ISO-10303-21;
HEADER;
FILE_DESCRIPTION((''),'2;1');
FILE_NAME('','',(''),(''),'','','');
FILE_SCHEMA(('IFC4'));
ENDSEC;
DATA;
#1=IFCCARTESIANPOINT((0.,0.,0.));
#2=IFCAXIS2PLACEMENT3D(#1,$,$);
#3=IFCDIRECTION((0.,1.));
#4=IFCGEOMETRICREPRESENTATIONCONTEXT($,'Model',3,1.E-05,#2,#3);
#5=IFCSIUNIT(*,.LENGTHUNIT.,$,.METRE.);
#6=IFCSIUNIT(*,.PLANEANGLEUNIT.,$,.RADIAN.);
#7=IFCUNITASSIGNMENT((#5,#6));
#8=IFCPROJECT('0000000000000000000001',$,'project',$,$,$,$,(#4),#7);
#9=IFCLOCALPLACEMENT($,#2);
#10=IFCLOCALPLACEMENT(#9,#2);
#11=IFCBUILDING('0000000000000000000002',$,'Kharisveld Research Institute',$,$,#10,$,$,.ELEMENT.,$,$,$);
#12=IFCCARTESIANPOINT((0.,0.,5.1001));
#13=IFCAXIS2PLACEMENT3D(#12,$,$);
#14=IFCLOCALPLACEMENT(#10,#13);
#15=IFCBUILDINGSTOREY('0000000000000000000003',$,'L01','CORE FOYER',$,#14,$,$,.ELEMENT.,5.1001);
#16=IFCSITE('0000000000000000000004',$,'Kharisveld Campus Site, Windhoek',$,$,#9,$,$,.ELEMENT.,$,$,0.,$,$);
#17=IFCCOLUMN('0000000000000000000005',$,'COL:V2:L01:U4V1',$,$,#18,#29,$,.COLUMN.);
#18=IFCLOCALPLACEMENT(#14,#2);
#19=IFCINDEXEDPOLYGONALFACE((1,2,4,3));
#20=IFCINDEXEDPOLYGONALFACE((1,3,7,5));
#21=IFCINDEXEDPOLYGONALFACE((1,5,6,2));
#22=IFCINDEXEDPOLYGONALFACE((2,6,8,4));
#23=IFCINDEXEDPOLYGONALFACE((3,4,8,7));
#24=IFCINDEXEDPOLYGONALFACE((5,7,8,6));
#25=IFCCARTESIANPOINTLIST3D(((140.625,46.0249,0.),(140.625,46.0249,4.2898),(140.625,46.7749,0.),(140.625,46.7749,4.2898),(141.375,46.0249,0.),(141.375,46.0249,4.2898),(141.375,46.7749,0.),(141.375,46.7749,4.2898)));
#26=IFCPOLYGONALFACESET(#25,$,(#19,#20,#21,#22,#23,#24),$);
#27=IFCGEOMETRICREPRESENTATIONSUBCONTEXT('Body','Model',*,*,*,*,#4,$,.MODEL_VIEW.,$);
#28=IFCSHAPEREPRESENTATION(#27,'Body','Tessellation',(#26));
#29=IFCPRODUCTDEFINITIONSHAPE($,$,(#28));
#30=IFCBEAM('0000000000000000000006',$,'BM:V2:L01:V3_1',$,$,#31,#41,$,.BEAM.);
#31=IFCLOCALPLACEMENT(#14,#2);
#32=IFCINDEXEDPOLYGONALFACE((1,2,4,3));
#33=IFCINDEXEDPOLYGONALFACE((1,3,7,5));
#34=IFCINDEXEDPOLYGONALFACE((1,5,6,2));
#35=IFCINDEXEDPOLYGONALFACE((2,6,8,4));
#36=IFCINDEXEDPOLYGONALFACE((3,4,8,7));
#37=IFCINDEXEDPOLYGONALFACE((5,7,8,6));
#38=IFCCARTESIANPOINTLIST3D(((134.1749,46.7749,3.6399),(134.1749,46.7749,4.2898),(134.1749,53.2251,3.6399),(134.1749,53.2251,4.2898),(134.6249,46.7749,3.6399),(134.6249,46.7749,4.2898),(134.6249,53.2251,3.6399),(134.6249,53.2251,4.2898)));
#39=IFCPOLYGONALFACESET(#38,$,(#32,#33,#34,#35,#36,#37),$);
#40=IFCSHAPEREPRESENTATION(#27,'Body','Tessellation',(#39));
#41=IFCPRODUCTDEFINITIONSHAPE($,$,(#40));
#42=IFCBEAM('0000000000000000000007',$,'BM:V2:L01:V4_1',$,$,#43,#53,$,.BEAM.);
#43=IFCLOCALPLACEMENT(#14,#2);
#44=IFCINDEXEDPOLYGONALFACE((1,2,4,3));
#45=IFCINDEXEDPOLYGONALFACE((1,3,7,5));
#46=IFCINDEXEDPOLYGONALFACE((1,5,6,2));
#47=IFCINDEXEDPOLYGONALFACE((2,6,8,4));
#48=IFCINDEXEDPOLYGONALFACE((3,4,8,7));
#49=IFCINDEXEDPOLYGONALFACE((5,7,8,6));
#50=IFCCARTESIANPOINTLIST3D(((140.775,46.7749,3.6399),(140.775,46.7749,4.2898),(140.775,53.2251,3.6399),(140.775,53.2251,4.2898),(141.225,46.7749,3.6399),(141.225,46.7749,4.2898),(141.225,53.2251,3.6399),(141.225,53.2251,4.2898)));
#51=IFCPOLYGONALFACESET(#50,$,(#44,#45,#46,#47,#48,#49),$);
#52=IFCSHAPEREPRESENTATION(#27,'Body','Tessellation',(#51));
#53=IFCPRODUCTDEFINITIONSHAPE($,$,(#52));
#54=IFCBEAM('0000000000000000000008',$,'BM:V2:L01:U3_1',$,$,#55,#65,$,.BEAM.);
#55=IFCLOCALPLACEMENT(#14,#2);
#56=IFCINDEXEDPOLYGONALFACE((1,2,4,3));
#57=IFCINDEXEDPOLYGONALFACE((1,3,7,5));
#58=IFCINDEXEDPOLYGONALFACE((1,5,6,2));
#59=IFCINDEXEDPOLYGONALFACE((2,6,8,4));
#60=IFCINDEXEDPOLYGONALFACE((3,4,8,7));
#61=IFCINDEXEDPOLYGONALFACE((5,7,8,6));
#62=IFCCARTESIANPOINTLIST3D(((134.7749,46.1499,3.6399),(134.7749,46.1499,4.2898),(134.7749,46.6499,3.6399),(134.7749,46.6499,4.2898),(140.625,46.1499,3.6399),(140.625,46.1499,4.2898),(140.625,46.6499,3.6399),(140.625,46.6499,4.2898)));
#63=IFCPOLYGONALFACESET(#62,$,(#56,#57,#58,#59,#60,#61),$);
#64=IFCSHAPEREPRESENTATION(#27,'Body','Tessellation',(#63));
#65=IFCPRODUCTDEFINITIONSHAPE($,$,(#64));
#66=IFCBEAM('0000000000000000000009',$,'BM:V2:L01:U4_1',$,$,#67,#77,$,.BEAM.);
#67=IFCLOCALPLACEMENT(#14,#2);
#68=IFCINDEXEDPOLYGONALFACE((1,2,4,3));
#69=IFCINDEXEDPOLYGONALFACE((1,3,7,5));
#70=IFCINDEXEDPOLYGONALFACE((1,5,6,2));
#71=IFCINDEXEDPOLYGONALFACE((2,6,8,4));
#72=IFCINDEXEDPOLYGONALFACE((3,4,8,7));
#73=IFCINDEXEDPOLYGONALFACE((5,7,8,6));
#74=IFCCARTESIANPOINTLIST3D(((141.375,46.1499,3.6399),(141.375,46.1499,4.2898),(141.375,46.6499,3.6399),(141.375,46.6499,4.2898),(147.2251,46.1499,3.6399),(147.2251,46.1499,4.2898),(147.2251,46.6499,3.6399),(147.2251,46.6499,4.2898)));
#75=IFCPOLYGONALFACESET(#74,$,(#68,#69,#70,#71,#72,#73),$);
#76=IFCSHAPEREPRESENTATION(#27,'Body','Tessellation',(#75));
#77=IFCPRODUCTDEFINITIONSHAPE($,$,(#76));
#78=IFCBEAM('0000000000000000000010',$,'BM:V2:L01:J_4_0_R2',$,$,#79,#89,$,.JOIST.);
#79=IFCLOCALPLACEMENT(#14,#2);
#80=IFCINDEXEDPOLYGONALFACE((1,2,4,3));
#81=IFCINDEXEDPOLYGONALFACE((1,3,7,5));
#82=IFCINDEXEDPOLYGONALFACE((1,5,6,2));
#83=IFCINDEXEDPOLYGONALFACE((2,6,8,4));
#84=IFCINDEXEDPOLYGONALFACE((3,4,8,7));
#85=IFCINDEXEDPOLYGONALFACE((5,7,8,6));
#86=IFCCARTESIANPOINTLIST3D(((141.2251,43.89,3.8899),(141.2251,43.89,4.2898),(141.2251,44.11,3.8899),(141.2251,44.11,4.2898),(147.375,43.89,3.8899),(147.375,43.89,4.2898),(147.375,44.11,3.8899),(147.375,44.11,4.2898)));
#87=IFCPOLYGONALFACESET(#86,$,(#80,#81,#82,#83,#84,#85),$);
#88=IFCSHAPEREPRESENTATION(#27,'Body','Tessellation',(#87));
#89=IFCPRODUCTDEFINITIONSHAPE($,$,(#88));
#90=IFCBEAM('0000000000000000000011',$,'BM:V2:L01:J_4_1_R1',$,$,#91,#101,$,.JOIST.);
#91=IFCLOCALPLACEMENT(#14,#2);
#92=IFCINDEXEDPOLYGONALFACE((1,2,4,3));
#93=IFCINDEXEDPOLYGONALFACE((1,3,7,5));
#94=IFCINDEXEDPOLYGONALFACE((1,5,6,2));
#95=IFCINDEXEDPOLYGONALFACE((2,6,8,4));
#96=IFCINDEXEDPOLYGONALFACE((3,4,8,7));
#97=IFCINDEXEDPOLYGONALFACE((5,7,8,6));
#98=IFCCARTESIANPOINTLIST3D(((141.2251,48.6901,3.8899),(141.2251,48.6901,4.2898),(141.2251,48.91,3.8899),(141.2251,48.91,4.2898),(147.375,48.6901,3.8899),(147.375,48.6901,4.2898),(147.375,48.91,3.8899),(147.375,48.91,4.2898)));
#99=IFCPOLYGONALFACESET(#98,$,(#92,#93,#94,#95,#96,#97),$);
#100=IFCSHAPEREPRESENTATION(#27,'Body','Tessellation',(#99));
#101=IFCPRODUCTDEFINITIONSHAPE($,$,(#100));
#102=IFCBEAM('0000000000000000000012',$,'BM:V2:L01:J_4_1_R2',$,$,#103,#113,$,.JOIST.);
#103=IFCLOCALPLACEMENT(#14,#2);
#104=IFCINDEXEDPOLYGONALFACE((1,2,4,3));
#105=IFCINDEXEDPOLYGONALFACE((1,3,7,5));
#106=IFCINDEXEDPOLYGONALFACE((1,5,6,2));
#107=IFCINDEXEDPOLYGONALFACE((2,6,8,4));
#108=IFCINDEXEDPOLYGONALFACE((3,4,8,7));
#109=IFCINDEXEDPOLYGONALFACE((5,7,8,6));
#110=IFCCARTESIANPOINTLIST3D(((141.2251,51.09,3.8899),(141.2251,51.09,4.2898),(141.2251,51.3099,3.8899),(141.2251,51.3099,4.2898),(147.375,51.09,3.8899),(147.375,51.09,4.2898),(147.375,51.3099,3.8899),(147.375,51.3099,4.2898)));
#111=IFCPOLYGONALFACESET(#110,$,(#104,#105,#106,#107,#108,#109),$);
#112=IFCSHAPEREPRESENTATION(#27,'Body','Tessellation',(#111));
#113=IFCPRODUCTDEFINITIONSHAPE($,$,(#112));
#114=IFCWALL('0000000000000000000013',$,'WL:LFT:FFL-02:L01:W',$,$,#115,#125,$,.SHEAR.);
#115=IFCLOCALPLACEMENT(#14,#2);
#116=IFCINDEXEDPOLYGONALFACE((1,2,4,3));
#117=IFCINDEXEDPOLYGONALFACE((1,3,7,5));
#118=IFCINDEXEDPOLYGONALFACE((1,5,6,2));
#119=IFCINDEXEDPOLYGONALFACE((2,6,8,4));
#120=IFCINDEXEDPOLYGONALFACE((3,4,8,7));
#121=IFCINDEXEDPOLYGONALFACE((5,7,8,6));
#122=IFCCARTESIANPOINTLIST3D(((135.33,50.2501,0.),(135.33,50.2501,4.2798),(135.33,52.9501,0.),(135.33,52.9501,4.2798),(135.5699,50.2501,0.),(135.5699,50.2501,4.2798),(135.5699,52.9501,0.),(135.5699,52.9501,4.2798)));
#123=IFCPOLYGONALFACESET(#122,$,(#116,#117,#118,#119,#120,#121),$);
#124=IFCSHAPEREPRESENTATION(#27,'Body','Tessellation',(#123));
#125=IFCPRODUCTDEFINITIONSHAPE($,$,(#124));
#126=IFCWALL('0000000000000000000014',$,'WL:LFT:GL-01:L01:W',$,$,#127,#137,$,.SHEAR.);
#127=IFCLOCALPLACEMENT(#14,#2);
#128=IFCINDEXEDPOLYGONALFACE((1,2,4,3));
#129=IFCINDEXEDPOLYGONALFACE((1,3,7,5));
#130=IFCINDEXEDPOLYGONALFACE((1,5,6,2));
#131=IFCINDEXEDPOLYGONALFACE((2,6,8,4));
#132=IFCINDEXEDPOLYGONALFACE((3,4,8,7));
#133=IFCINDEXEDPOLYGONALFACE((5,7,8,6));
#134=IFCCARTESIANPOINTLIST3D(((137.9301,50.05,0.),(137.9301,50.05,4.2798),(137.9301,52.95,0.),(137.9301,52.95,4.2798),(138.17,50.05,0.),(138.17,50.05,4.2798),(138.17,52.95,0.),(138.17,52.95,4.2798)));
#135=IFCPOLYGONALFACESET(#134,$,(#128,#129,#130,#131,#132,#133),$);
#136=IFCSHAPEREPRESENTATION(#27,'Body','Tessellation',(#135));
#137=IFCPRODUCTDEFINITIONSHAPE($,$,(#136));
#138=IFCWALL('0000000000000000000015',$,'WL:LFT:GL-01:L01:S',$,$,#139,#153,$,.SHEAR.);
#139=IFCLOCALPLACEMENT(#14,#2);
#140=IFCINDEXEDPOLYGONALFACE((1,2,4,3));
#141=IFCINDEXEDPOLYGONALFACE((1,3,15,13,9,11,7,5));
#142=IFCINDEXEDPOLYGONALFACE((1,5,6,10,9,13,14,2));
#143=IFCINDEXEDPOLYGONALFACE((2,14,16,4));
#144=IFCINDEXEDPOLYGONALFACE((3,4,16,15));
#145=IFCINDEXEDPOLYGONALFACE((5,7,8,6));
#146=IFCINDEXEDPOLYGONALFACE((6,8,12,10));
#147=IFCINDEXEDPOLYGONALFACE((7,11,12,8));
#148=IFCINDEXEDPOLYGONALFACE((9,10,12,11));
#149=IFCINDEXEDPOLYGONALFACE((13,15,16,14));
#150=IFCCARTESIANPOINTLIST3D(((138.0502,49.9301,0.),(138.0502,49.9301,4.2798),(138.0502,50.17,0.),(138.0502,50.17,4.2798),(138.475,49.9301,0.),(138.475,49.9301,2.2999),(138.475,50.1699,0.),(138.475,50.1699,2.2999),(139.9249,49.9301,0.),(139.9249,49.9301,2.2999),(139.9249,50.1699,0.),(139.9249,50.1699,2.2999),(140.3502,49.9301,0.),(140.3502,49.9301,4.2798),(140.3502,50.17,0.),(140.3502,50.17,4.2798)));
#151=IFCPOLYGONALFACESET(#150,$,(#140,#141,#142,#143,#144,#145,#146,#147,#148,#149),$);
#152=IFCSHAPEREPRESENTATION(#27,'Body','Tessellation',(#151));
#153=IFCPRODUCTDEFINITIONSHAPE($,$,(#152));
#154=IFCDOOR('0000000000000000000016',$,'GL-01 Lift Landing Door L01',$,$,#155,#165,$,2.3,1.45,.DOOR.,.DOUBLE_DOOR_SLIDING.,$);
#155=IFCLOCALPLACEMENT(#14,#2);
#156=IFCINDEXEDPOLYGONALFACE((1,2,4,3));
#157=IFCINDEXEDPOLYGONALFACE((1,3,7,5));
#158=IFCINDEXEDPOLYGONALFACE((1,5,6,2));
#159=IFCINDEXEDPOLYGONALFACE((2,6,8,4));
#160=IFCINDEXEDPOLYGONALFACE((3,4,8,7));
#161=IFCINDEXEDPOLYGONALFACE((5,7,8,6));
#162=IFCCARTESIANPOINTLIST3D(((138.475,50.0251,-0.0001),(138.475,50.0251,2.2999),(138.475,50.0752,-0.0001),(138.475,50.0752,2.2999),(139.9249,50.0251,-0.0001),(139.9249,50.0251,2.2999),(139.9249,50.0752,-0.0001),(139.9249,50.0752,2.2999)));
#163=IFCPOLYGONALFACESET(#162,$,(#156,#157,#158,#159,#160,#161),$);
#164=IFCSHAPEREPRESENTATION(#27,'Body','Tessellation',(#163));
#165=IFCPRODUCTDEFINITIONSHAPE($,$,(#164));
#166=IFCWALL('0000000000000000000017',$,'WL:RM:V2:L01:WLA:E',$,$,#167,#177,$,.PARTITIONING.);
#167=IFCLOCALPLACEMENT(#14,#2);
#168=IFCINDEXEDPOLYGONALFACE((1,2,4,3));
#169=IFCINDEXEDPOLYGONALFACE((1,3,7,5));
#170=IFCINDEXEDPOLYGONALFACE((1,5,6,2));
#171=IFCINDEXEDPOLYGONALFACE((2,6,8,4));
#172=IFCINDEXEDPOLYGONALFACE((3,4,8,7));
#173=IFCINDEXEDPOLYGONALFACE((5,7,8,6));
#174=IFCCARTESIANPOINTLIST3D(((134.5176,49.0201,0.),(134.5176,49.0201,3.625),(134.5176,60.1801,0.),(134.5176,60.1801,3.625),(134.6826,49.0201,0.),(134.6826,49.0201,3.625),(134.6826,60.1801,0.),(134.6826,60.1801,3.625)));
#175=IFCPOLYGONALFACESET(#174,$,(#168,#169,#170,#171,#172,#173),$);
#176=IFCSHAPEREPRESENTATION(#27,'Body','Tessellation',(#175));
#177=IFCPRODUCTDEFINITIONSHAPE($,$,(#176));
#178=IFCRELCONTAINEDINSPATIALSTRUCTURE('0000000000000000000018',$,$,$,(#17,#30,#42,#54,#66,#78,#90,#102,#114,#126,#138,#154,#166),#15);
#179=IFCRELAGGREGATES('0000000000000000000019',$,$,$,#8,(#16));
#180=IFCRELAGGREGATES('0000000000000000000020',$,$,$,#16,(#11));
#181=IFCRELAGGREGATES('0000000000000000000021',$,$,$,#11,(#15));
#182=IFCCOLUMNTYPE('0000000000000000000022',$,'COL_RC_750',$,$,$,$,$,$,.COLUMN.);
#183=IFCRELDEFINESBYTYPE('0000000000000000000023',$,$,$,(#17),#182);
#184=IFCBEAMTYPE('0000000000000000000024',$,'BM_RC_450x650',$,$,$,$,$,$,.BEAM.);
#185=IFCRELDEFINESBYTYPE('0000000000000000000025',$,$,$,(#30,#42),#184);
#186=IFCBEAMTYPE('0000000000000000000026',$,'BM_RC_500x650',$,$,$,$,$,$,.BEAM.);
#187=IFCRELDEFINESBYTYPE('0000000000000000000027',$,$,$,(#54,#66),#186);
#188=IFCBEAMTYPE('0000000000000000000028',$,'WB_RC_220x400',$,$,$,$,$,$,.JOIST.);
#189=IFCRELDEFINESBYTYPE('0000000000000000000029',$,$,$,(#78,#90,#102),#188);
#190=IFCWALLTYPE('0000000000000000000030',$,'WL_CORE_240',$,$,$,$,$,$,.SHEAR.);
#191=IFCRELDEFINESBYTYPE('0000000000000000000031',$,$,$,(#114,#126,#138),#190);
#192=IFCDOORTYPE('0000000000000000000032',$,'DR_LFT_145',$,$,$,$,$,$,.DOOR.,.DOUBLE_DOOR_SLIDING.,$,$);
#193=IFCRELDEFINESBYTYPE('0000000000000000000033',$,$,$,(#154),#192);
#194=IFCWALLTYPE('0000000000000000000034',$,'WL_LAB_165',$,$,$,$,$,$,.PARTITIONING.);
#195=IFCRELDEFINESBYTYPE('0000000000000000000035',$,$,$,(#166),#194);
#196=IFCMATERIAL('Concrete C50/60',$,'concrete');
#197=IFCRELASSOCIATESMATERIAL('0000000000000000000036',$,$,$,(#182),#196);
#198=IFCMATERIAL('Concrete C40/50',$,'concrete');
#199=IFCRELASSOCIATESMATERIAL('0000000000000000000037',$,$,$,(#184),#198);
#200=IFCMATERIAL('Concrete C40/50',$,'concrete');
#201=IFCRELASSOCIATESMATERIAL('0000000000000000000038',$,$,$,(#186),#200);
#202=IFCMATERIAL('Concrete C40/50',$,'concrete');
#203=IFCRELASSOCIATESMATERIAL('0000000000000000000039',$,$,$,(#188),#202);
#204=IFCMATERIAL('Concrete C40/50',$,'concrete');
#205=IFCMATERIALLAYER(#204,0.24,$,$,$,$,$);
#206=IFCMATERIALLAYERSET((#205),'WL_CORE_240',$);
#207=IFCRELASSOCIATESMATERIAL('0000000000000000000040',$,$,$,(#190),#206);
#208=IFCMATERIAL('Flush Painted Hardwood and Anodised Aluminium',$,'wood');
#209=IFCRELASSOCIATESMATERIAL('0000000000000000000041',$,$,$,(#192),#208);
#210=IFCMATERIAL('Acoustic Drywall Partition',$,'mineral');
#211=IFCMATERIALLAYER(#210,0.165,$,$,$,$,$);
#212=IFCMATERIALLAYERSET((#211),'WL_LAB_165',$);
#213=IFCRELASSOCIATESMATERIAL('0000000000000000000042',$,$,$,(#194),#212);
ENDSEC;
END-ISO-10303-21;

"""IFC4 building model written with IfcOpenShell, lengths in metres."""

from ifc_helpers import new_model, si_unit, direction, frame, frame_2d, origin, origin_2d, place, context, subcontext, project, spatial, rectangle, extrude, material, layer, layer_set, material_profile, profile_set, type_object, element, fill, save


model = new_model("IFC4")

# Units and contexts
model_context = context("Model", 3, precision=1e-05, world=origin(), true_north=direction((0.0, 1.0)))
body_context = subcontext(model_context, "Body", "Model", "MODEL_VIEW")
ifc_project = project(units=[si_unit("LENGTHUNIT", "METRE"), si_unit("PLANEANGLEUNIT", "RADIAN")], contexts=[model_context])

# Site, building, storey
site_placement = place(None, origin())
site = spatial("IfcSite", under=ifc_project, at=site_placement, Name="Kharisveld Campus Site, Windhoek", CompositionType="ELEMENT", RefElevation=0.0)
building_placement = place(site_placement, origin())
building = spatial("IfcBuilding", under=site, at=building_placement, Name="Kharisveld Research Institute", CompositionType="ELEMENT")
storey_placement = place(building_placement, frame((0.0, 0.0, 5.1001)))
storey = spatial("IfcBuildingStorey", under=building, at=storey_placement, Name="L01", Description="CORE FOYER", CompositionType="ELEMENT", Elevation=5.1001)

# Column
ifc_material_1 = material(Name="Concrete C50/60", Category="concrete")
ifc_material_profile_1 = material_profile(ifc_material_1, rectangle(XDim=0.75, YDim=0.75, at=origin_2d()))
ifc_profile_set_1 = profile_set([ifc_material_profile_1], Name="Concrete C50/60")
column_type = type_object("IfcColumnType", Name="COL_RC_750", PredefinedType="COLUMN", material=ifc_profile_set_1)
column_placement = place(storey_placement, frame((141.0, 46.3999, 0.0), z_axis=(0.0, 0.0, 1.0), x_axis=(1.0, 0.0, 0.0)))
element("IfcColumn", 1, at=column_placement, inside=storey, type_object=column_type, Name="COL:V2:L01:U4V1", PredefinedType="COLUMN", context=body_context, shape_type="SweptSolid", body=[
    extrude(rectangle(XDim=0.75, YDim=0.75, at=origin_2d()), origin(), (0.0, 0.0, 1.0), 4.2898),
])

# Beams
ifc_material_2 = material(Name="Concrete C40/50", Category="concrete")
ifc_material_profile_2 = material_profile(ifc_material_2, rectangle(XDim=0.45, YDim=0.6499, at=origin_2d()))
ifc_profile_set_2 = profile_set([ifc_material_profile_2], Name="Concrete C40/50")
beam_type_1 = type_object("IfcBeamType", Name="BM_RC_450x650", PredefinedType="BEAM", material=ifc_profile_set_2)
for number, where, z_axis, x_axis, name in (
    (2, (134.3999, 46.7749, 3.9648), (0.0, 1.0, 0.0), (-1.0, 0.0, 0.0), "BM:V2:L01:V3_1"),
    (3, (141.0, 46.7749, 3.9648), (0.0, 1.0, 0.0), (-1.0, 0.0, 0.0), "BM:V2:L01:V4_1"),
):
    element("IfcBeam", number, at=place(storey_placement, frame(where, z_axis=z_axis, x_axis=x_axis)), inside=storey, type_object=beam_type_1, Name=name, PredefinedType="BEAM", context=body_context, shape_type="SweptSolid", body=[
        extrude(rectangle(XDim=0.45, YDim=0.6499, at=origin_2d()), origin(), (0.0, 0.0, 1.0), 6.4502),
    ])
ifc_material_3 = material(Name="Concrete C40/50", Category="concrete")
ifc_material_profile_3 = material_profile(ifc_material_3, rectangle(XDim=0.5, YDim=0.6499, at=origin_2d()))
ifc_profile_set_3 = profile_set([ifc_material_profile_3], Name="Concrete C40/50")
beam_type_2 = type_object("IfcBeamType", Name="BM_RC_500x650", PredefinedType="BEAM", material=ifc_profile_set_3)
for number, where, z_axis, x_axis, name in (
    (4, (134.7749, 46.3999, 3.9648), (1.0, 0.0, 0.0), (0.0, 1.0, 0.0), "BM:V2:L01:U3_1"),
    (5, (141.375, 46.3999, 3.9648), (1.0, 0.0, 0.0), (0.0, 1.0, 0.0), "BM:V2:L01:U4_1"),
):
    element("IfcBeam", number, at=place(storey_placement, frame(where, z_axis=z_axis, x_axis=x_axis)), inside=storey, type_object=beam_type_2, Name=name, PredefinedType="BEAM", context=body_context, shape_type="SweptSolid", body=[
        extrude(rectangle(XDim=0.5, YDim=0.6499, at=origin_2d()), origin(), (0.0, 0.0, 1.0), 5.8501),
    ])
ifc_material_4 = material(Name="Concrete C40/50", Category="concrete")
ifc_material_profile_4 = material_profile(ifc_material_4, rectangle(XDim=0.22, YDim=0.3999, at=origin_2d()))
ifc_profile_set_4 = profile_set([ifc_material_profile_4], Name="Concrete C40/50")
beam_type_3 = type_object("IfcBeamType", Name="WB_RC_220x400", PredefinedType="JOIST", material=ifc_profile_set_4)
for number, where, z_axis, x_axis, name in (
    (6, (141.2251, 44.0, 4.0898), (1.0, 0.0, 0.0), (0.0, 1.0, 0.0), "BM:V2:L01:J_4_0_R2"),
    (7, (141.2251, 48.8, 4.0898), (1.0, 0.0, 0.0), (0.0, 1.0, 0.0), "BM:V2:L01:J_4_1_R1"),
    (8, (141.2251, 51.2, 4.0898), (1.0, 0.0, 0.0), (0.0, 1.0, 0.0), "BM:V2:L01:J_4_1_R2"),
):
    element("IfcBeam", number, at=place(storey_placement, frame(where, z_axis=z_axis, x_axis=x_axis)), inside=storey, type_object=beam_type_3, Name=name, PredefinedType="JOIST", context=body_context, shape_type="SweptSolid", body=[
        extrude(rectangle(XDim=0.22, YDim=0.3999, at=origin_2d()), origin(), (0.0, 0.0, 1.0), 6.1499),
    ])

# Wall
ifc_material_5 = material(Name="Concrete C40/50", Category="concrete")
ifc_layer_1 = layer(ifc_material_5, 0.24)
ifc_layer_set_1 = layer_set([ifc_layer_1], Name="WL_CORE_240")
wall_type_1 = type_object("IfcWallType", Name="WL_CORE_240", PredefinedType="SHEAR", material=ifc_layer_set_1)
wall_1_placement = place(storey_placement, frame((135.45, 50.25, 0.0), z_axis=(0.0, 0.0, 1.0), x_axis=(0.0, 1.0, 0.0)))
element("IfcWall", 9, at=wall_1_placement, inside=storey, type_object=wall_type_1, Name="WL:LFT:FFL-02:L01:W", PredefinedType="SHEAR", context=body_context, shape_type="SweptSolid", body=[
    extrude(rectangle(XDim=2.7, YDim=0.24, at=frame_2d((1.3501, 0.0))), origin(), (0.0, 0.0, 1.0), 4.2798),
])

# Wall
wall_2_placement = place(storey_placement, frame((138.05, 50.05, 0.0), z_axis=(0.0, 0.0, 1.0), x_axis=(0.0, 1.0, 0.0)))
element("IfcWall", 10, at=wall_2_placement, inside=storey, type_object=wall_type_1, Name="WL:LFT:GL-01:L01:W", PredefinedType="SHEAR", context=body_context, shape_type="SweptSolid", body=[
    extrude(rectangle(XDim=2.8999, YDim=0.24, at=frame_2d((1.45, 0.0))), origin(), (0.0, 0.0, 1.0), 4.2798),
])

# Wall, opening, door
wall_3_placement = place(storey_placement, frame((140.3501, 50.05, 0.0), z_axis=(0.0, 0.0, 1.0), x_axis=(-1.0, 0.0, 0.0)))
wall_3 = element("IfcWall", 11, at=wall_3_placement, inside=storey, type_object=wall_type_1, Name="WL:LFT:GL-01:L01:S", PredefinedType="SHEAR", context=body_context, shape_type="SweptSolid", body=[
    extrude(rectangle(XDim=2.3, YDim=0.24, at=frame_2d((1.1499, 0.0))), origin(), (0.0, 0.0, 1.0), 4.2798),
])
opening_1_placement = place(wall_3_placement, frame((0.425, 0.0, 0.0)))
opening_1 = element("IfcOpeningElement", 12, at=opening_1_placement, cuts=wall_3, PredefinedType="OPENING", context=body_context, shape_type="SweptSolid", body=[
    extrude(rectangle(XDim=1.45, YDim=2.3, at=frame_2d((0.7251, 1.1499))), frame((0.0, 0.1201, 0.0), z_axis=(0.0, -1.0, 0.0), x_axis=(1.0, 0.0, 0.0)), (0.0, 0.0, 1.0), 0.24),
])
ifc_material_6 = material(Name="Flush Painted Hardwood and Anodised Aluminium", Category="wood")
door_type_1 = type_object("IfcDoorType", Name="DR_LFT_145", OperationType="DOUBLE_DOOR_SLIDING", PredefinedType="DOOR", material=ifc_material_6)
door_1_placement = place(opening_1_placement, origin())
door_1 = element("IfcDoor", 13, at=door_1_placement, inside=storey, type_object=door_type_1, Name="GL-01 Lift Landing Door L01", OperationType="DOUBLE_DOOR_SLIDING", OverallHeight=2.3, OverallWidth=1.45, PredefinedType="DOOR", context=body_context, shape_type="SweptSolid", body=[
    extrude(rectangle(XDim=1.45, YDim=2.3, at=frame_2d((0.7251, 1.1499))), frame((0.0, 0.0249, 0.0), z_axis=(0.0, -1.0, 0.0), x_axis=(1.0, 0.0, 0.0)), (0.0, 0.0, 1.0), 0.05),
])
fill(opening_1, door_1)

# Wall
ifc_material_7 = material(Name="Acoustic Drywall Partition", Category="mineral")
ifc_layer_2 = layer(ifc_material_7, 0.165)
ifc_layer_set_2 = layer_set([ifc_layer_2], Name="WL_LAB_165")
wall_type_2 = type_object("IfcWallType", Name="WL_LAB_165", PredefinedType="PARTITIONING", material=ifc_layer_set_2)
wall_4_placement = place(storey_placement, frame((134.6001, 49.02, 0.0), z_axis=(0.0, 0.0, 1.0), x_axis=(0.0, 1.0, 0.0)))
element("IfcWall", 14, at=wall_4_placement, inside=storey, type_object=wall_type_2, Name="WL:RM:V2:L01:WLA:E", PredefinedType="PARTITIONING", context=body_context, shape_type="SweptSolid", body=[
    extrude(rectangle(XDim=11.1599, YDim=0.165, at=frame_2d((5.5801, 0.0))), origin(), (0.0, 0.0, 1.0), 3.625),
])

save(model, "model.ifc")
